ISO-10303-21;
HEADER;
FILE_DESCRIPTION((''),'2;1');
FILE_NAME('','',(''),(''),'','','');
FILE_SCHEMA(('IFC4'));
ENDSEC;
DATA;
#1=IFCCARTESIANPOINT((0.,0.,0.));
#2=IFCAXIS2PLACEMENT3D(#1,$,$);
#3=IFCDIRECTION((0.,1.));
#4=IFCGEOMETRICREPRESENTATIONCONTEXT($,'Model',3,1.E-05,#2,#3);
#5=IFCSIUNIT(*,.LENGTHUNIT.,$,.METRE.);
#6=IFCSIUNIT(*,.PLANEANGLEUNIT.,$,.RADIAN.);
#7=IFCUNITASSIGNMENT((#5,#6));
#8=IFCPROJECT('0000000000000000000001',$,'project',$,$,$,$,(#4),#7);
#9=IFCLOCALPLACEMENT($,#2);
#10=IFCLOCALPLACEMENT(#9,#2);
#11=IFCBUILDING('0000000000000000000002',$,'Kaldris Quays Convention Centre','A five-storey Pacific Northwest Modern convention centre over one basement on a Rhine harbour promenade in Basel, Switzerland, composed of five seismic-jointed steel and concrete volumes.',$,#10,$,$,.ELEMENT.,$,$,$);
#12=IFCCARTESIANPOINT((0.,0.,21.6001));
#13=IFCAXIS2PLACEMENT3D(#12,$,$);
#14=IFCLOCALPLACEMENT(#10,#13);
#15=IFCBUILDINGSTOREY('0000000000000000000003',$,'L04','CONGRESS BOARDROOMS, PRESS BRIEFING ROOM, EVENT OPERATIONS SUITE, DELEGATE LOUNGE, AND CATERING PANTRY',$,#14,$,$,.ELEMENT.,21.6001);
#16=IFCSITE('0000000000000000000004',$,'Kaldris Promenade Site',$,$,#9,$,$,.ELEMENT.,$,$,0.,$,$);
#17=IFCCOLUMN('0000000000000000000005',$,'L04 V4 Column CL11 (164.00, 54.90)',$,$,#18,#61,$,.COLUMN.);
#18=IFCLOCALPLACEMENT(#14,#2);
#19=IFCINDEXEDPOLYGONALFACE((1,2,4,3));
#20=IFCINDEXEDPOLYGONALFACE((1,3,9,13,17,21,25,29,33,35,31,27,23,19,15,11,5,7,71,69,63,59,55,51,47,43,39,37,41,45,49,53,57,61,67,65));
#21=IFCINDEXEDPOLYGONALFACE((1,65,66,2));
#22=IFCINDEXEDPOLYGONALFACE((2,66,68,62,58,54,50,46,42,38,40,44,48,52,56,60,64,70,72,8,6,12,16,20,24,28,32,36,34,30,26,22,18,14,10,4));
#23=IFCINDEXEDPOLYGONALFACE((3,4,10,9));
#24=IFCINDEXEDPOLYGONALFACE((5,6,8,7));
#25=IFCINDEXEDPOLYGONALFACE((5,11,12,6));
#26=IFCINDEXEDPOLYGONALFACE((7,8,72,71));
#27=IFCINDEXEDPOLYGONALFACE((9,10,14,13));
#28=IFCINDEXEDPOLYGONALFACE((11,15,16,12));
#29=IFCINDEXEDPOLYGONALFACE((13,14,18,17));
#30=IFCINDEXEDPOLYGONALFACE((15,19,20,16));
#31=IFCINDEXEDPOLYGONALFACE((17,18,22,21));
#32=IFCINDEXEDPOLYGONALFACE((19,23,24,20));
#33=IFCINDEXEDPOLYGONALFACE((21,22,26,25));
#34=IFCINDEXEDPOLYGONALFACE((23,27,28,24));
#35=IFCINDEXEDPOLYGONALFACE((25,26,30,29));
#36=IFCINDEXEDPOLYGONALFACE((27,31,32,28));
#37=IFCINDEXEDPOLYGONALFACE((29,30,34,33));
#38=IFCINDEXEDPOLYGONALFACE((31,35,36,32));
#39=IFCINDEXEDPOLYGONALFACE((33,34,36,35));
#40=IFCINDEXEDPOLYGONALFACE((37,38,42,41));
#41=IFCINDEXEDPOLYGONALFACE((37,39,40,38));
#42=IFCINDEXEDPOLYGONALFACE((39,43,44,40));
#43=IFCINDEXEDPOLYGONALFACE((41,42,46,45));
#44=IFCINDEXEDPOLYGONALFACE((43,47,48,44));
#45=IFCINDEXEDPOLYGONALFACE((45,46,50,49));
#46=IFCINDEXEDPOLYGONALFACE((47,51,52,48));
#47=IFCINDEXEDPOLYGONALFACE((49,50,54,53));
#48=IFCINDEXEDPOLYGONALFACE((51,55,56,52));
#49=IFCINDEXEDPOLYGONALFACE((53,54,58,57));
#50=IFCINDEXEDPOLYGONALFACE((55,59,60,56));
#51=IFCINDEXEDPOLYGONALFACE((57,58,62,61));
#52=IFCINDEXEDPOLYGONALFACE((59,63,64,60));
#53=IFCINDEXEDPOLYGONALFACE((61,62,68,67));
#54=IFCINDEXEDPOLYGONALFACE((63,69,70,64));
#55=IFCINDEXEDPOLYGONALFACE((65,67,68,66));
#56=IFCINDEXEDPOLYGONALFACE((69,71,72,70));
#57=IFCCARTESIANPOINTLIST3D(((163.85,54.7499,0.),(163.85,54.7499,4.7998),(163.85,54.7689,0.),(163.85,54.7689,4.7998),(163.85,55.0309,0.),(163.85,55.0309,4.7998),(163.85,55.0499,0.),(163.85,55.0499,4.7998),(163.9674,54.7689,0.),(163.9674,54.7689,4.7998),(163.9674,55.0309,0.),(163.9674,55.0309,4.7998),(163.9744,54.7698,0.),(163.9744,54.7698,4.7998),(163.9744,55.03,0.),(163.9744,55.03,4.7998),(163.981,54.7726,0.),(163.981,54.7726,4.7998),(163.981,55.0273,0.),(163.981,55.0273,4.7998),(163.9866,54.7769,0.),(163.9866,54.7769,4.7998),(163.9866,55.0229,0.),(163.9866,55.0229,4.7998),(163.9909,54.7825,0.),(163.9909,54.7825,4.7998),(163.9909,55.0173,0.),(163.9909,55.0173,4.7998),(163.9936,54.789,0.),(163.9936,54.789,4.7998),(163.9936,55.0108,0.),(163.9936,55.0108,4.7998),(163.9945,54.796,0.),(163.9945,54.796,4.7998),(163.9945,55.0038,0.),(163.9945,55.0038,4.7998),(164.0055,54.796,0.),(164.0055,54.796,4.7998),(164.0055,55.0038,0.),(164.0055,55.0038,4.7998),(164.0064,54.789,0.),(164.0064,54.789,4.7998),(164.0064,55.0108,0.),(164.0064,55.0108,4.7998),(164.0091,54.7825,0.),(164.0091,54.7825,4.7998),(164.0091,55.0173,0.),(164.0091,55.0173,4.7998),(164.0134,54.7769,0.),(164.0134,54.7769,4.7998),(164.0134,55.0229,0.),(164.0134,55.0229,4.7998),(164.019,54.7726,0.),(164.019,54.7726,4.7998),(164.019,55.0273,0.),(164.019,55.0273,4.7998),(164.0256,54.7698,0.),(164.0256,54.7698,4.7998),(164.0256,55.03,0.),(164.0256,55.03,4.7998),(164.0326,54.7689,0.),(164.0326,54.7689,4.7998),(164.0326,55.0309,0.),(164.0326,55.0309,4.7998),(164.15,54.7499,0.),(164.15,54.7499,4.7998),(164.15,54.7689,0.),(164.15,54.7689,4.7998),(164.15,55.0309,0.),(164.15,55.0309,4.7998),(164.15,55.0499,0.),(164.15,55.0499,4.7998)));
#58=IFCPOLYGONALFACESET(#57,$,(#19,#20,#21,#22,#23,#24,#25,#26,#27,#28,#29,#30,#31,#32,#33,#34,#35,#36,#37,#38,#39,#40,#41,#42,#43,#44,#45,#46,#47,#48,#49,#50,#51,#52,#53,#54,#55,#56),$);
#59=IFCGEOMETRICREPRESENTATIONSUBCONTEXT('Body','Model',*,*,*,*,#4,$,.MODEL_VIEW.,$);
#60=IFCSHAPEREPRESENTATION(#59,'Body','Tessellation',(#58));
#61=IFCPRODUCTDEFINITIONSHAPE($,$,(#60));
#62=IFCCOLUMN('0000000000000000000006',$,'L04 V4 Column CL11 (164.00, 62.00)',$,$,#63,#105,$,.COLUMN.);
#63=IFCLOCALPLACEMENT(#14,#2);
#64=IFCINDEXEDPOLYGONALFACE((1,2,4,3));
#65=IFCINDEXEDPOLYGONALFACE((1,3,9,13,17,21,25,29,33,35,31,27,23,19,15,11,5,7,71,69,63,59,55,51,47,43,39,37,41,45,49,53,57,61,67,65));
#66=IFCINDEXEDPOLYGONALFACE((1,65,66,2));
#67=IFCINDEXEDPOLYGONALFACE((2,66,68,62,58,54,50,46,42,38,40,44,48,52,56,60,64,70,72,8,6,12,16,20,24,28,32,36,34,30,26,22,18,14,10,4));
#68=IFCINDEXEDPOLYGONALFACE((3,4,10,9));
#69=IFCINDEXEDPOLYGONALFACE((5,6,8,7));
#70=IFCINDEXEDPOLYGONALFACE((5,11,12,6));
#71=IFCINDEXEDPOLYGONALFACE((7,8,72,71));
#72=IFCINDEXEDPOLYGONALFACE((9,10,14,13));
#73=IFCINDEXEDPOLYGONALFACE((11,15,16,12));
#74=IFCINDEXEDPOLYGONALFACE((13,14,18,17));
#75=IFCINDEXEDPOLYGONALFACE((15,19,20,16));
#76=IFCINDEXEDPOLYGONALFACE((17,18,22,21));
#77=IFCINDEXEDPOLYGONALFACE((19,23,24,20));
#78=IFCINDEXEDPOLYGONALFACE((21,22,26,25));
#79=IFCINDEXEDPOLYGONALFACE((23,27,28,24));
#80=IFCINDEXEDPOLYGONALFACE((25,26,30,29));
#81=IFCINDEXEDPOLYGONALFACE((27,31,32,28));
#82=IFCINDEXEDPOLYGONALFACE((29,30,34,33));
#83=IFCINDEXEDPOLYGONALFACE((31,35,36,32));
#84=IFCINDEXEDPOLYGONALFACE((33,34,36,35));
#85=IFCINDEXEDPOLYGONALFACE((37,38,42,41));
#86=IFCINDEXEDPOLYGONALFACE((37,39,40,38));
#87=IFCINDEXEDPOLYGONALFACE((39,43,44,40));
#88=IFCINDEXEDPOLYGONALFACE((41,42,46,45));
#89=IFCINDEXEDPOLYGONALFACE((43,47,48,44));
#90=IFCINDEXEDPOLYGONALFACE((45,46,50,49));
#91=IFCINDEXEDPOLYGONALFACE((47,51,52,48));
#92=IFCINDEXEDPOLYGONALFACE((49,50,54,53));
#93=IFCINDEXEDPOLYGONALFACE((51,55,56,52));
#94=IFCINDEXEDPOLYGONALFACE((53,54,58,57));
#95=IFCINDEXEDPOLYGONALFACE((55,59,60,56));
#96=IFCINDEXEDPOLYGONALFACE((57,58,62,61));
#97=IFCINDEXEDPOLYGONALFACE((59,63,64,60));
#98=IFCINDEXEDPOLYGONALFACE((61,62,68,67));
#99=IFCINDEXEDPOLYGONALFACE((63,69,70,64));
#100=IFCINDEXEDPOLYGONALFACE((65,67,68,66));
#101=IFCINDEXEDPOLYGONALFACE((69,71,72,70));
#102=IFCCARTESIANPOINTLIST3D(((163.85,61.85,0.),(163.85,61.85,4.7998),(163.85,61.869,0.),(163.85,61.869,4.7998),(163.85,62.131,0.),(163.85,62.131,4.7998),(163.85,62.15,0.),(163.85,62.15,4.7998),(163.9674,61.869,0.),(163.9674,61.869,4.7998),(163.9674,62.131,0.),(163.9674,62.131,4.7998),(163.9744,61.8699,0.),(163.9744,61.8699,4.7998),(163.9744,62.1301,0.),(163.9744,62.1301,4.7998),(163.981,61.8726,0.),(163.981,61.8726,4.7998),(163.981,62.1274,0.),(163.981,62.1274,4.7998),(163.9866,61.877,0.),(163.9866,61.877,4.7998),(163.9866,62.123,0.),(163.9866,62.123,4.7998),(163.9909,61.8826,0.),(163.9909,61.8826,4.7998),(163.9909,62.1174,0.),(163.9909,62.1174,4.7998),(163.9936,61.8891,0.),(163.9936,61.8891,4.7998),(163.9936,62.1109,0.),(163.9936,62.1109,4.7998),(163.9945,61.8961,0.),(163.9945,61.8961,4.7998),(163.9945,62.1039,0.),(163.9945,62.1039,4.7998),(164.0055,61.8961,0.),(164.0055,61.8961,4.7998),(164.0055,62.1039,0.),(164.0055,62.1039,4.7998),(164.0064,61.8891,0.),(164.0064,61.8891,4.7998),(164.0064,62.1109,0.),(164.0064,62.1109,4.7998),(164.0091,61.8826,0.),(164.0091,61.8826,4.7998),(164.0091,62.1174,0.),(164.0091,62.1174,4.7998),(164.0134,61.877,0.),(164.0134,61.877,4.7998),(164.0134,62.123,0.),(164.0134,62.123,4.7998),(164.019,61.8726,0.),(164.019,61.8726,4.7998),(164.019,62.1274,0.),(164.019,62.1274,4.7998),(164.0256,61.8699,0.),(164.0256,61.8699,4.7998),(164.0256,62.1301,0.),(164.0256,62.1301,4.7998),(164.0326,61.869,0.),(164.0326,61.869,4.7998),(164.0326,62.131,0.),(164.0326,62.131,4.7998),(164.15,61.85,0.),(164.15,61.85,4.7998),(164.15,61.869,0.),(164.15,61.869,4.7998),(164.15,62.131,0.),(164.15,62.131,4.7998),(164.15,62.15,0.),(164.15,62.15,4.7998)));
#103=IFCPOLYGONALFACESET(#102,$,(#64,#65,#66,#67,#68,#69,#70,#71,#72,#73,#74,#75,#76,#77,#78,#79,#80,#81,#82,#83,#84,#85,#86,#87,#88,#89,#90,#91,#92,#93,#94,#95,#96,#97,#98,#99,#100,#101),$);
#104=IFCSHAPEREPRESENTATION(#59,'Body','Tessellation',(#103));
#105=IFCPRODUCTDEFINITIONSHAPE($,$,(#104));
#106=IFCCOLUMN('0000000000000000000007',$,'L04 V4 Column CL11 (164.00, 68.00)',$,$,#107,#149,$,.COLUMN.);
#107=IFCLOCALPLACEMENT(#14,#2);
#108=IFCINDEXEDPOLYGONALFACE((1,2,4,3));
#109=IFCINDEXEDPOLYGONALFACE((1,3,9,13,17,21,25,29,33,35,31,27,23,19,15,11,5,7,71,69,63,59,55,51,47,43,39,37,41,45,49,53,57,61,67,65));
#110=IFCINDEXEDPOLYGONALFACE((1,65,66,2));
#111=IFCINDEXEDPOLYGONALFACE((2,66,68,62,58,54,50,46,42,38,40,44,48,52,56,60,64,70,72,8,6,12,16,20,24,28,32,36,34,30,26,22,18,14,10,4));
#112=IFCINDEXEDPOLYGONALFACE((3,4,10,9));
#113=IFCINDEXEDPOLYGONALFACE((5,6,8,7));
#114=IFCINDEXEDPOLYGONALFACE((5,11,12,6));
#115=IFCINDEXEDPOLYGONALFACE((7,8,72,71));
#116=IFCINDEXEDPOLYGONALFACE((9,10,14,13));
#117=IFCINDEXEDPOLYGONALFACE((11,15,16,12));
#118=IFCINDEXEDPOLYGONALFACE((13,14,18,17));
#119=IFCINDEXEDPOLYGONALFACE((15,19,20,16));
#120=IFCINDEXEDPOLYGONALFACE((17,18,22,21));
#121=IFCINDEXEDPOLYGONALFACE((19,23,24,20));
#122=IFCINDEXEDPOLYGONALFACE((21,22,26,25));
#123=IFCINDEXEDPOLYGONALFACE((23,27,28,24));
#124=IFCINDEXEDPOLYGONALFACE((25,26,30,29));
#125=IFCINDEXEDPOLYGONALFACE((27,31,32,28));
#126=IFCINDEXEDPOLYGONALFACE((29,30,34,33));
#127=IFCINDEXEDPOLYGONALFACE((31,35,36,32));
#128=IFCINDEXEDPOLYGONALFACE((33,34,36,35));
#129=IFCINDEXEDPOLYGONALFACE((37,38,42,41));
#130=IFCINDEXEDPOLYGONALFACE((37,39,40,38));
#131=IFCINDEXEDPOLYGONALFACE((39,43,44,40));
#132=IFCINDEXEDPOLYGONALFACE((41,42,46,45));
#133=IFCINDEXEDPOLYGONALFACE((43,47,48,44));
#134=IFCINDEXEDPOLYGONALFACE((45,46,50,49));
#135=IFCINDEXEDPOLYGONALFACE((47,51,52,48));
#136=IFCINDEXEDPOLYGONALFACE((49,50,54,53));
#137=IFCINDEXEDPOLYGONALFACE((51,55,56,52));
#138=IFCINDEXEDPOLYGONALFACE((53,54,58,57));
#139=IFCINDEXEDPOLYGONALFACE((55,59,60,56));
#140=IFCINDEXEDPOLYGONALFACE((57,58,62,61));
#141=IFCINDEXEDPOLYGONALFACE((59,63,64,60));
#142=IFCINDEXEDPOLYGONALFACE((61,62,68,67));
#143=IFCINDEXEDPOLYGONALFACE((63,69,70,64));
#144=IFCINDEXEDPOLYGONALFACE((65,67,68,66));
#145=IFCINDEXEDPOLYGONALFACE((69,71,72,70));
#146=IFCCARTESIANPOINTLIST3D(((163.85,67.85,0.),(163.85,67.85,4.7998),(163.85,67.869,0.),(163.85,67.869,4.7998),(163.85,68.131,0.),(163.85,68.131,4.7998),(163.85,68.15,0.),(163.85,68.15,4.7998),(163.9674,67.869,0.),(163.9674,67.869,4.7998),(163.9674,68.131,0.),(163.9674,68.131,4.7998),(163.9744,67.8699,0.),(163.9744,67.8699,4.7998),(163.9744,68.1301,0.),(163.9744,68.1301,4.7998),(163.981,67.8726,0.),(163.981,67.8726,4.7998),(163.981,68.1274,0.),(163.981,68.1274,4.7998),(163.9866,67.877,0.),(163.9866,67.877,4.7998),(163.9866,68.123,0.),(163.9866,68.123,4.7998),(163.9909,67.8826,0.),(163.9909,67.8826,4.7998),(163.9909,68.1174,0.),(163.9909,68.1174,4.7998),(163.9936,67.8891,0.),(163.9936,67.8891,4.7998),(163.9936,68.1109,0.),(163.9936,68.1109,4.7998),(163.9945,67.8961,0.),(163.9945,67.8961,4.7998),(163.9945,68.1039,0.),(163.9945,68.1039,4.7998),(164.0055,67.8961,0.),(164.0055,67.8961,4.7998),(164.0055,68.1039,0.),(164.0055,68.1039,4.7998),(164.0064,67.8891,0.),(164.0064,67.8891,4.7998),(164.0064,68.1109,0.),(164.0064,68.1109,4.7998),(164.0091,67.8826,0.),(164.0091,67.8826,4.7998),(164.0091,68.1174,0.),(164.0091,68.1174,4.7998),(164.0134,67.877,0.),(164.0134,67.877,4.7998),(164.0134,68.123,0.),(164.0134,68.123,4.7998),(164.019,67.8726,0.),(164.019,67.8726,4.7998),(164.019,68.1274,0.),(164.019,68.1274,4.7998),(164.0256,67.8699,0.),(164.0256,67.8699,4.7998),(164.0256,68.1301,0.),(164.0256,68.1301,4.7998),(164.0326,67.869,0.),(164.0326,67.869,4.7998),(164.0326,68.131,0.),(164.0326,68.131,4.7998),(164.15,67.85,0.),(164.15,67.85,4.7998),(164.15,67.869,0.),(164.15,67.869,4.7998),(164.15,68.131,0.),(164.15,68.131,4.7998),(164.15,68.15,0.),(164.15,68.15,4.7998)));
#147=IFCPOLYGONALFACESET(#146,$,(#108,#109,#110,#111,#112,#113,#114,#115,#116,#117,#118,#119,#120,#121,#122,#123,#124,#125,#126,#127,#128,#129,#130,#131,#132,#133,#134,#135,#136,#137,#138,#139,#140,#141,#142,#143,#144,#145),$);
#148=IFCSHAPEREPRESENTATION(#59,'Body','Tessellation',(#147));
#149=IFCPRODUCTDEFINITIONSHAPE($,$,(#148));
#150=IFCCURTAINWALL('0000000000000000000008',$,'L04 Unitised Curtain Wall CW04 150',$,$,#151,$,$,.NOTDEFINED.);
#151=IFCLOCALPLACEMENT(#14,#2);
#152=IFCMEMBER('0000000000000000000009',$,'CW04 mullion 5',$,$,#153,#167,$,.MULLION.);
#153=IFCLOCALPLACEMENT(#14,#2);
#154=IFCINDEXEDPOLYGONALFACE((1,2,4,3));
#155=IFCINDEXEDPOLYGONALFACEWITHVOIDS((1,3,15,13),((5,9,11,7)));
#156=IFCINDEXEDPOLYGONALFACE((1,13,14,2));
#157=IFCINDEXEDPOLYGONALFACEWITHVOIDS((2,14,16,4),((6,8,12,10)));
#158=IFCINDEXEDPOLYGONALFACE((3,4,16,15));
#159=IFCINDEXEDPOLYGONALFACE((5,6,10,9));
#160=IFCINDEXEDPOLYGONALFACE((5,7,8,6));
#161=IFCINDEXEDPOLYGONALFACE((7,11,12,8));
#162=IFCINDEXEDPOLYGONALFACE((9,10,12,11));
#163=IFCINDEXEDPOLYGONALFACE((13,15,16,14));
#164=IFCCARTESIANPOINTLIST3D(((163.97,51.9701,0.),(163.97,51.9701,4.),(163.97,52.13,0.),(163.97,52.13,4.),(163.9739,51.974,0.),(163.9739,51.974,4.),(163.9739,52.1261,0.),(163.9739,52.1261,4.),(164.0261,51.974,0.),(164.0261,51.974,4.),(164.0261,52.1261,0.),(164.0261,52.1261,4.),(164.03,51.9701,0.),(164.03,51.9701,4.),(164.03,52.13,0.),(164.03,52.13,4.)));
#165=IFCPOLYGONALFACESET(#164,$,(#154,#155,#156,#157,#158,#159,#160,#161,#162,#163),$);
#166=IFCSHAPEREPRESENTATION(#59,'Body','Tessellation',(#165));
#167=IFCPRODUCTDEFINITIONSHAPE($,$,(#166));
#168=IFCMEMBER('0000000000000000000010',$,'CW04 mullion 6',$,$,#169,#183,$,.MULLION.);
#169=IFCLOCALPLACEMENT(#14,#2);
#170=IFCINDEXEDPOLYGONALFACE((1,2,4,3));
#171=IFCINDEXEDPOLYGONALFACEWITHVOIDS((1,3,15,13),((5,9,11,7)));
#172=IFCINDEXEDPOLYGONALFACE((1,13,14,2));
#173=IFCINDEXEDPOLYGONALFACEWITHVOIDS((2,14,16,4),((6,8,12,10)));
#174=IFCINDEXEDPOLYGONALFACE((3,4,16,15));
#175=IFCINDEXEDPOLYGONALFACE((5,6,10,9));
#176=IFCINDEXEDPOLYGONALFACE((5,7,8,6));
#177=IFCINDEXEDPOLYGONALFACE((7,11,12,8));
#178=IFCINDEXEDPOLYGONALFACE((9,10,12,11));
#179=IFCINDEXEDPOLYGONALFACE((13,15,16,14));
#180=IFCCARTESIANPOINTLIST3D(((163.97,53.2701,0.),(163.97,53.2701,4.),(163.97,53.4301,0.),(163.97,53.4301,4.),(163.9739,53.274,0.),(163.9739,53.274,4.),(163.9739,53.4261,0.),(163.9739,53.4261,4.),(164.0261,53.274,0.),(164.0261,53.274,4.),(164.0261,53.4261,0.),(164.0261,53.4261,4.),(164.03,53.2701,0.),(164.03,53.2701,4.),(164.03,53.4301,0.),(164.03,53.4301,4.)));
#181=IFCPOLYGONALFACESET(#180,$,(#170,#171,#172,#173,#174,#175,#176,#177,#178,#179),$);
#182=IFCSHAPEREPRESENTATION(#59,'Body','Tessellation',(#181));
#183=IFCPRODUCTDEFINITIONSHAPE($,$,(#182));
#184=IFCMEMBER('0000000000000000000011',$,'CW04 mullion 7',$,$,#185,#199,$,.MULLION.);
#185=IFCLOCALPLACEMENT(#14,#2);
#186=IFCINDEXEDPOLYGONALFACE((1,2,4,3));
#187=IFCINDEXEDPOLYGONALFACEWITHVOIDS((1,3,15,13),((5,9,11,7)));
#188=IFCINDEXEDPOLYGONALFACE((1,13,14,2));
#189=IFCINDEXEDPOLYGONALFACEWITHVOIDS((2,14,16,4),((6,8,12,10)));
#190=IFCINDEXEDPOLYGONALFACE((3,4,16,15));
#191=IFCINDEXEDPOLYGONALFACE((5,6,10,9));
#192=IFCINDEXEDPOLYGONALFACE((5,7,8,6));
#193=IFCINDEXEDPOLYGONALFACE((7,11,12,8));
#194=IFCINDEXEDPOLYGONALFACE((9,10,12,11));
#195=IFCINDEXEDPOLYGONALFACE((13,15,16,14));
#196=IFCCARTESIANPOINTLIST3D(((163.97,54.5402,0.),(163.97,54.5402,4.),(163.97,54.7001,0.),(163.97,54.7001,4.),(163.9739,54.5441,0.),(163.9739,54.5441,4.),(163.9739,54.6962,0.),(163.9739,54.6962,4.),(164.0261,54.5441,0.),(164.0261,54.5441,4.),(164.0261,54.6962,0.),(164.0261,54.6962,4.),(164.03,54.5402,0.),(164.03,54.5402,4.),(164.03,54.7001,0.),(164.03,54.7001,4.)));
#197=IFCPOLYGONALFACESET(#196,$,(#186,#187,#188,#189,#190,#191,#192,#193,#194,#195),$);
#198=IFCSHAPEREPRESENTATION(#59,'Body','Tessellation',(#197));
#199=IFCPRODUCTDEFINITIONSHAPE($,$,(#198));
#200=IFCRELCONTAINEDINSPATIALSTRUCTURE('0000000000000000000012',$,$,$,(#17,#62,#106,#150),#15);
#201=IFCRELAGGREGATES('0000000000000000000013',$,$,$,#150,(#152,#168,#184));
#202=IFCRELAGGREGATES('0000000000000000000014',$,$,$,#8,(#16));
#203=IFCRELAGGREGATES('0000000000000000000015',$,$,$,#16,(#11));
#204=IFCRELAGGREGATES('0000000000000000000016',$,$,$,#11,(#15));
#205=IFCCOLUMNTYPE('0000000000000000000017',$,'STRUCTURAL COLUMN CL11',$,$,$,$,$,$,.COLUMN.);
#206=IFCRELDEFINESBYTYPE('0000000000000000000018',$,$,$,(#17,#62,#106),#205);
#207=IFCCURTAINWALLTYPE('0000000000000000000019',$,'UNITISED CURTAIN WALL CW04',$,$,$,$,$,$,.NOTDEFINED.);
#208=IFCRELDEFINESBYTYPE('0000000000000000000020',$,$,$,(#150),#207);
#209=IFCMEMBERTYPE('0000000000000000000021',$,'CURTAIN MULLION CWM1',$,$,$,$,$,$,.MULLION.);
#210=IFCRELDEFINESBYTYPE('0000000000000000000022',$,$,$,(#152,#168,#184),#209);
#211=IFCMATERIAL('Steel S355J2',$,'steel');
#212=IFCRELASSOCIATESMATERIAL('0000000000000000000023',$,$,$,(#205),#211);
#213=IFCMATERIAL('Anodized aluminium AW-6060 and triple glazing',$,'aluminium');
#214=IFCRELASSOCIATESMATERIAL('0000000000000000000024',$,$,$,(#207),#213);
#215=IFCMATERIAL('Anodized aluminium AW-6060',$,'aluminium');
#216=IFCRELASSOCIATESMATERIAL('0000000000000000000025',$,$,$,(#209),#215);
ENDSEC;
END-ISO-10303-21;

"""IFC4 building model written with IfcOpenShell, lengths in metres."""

from ifc_helpers import new_model, si_unit, direction, frame, origin, origin_2d, place, context, subcontext, project, spatial, hollow_rectangle, i_section, extrude, material, material_profile, profile_set, type_object, element, aggregate, save


model = new_model("IFC4")

# Units and contexts
model_context = context("Model", 3, precision=1e-05, world=origin(), true_north=direction((0.0, 1.0)))
body_context = subcontext(model_context, "Body", "Model", "MODEL_VIEW")
ifc_project = project(units=[si_unit("LENGTHUNIT", "METRE"), si_unit("PLANEANGLEUNIT", "RADIAN")], contexts=[model_context])

# Site, building, storey
site_placement = place(None, origin())
site = spatial("IfcSite", under=ifc_project, at=site_placement, Name="Kaldris Promenade Site", CompositionType="ELEMENT", RefElevation=0.0)
building_placement = place(site_placement, origin())
building = spatial("IfcBuilding", under=site, at=building_placement, Name="Kaldris Quays Convention Centre", Description="A five-storey Pacific Northwest Modern convention centre over one basement on a Rhine harbour promenade in Basel, Switzerland, composed of five seismic-jointed steel and concrete volumes.", CompositionType="ELEMENT")
storey_placement = place(building_placement, frame((0.0, 0.0, 21.6001)))
storey = spatial("IfcBuildingStorey", under=building, at=storey_placement, Name="L04", Description="CONGRESS BOARDROOMS, PRESS BRIEFING ROOM, EVENT OPERATIONS SUITE, DELEGATE LOUNGE, AND CATERING PANTRY", CompositionType="ELEMENT", Elevation=21.6001)

# Columns
ifc_material_1 = material(Name="Steel S355J2", Category="steel")
ifc_material_profile_1 = material_profile(ifc_material_1, i_section(OverallWidth=0.3, OverallDepth=0.3, WebThickness=0.011, FlangeThickness=0.019, FilletRadius=0.0271, at=origin_2d()), Name="HEB 300")
ifc_profile_set_1 = profile_set([ifc_material_profile_1], Name="Steel S355J2")
column_type = type_object("IfcColumnType", Name="STRUCTURAL COLUMN CL11", PredefinedType="COLUMN", material=ifc_profile_set_1)
for number, where, z_axis, x_axis, name in (
    (1, (164.0, 54.8999, 0.0), (0.0, 0.0, 1.0), (1.0, 0.0, 0.0), "L04 V4 Column CL11 (164.00, 54.90)"),
    (2, (164.0, 62.0, 0.0), (0.0, 0.0, 1.0), (1.0, 0.0, 0.0), "L04 V4 Column CL11 (164.00, 62.00)"),
    (3, (164.0, 68.0, 0.0), (0.0, 0.0, 1.0), (1.0, 0.0, 0.0), "L04 V4 Column CL11 (164.00, 68.00)"),
):
    element("IfcColumn", number, at=place(storey_placement, frame(where, z_axis=z_axis, x_axis=x_axis)), inside=storey, type_object=column_type, Name=name, PredefinedType="COLUMN", context=body_context, shape_type="SweptSolid", body=[
        extrude(i_section(OverallWidth=0.3, OverallDepth=0.3, WebThickness=0.011, FlangeThickness=0.019, FilletRadius=0.0271, at=origin_2d()), origin(), (0.0, 0.0, 1.0), 4.7998),
    ])

# Curtain wall, members
ifc_material_2 = material(Name="Anodized aluminium AW-6060 and triple glazing", Category="aluminium")
curtain_wall_type = type_object("IfcCurtainWallType", Name="UNITISED CURTAIN WALL CW04", PredefinedType="NOTDEFINED", material=ifc_material_2)
curtain_wall_placement = place(storey_placement, origin())
curtain_wall = element("IfcCurtainWall", 4, at=curtain_wall_placement, inside=storey, type_object=curtain_wall_type, Name="L04 Unitised Curtain Wall CW04 150", PredefinedType="NOTDEFINED")
ifc_material_3 = material(Name="Anodized aluminium AW-6060", Category="aluminium")
ifc_material_profile_2 = material_profile(ifc_material_3, hollow_rectangle(XDim=0.0601, YDim=0.1599, WallThickness=0.0039, at=origin_2d()), Name="RHS 160x60x4")
ifc_profile_set_2 = profile_set([ifc_material_profile_2], Name="Anodized aluminium AW-6060")
member_type_1 = type_object("IfcMemberType", Name="CURTAIN MULLION CWM1", PredefinedType="MULLION", material=ifc_profile_set_2)
member_1_placement = place(storey_placement, frame((164.0, 52.05, 0.0), z_axis=(0.0, 0.0, 1.0), x_axis=(-1.0, 0.0, 0.0)))
member_1 = element("IfcMember", 5, at=member_1_placement, type_object=member_type_1, Name="CW04 mullion 5", PredefinedType="MULLION", context=body_context, shape_type="SweptSolid", body=[
    extrude(hollow_rectangle(XDim=0.0601, YDim=0.1599, WallThickness=0.0039, at=origin_2d()), origin(), (0.0, 0.0, 1.0), 4.0),
])
member_2_placement = place(storey_placement, frame((164.0, 53.3501, 0.0), z_axis=(0.0, 0.0, 1.0), x_axis=(-1.0, 0.0, 0.0)))
member_2 = element("IfcMember", 6, at=member_2_placement, type_object=member_type_1, Name="CW04 mullion 6", PredefinedType="MULLION", context=body_context, shape_type="SweptSolid", body=[
    extrude(hollow_rectangle(XDim=0.0601, YDim=0.1599, WallThickness=0.0039, at=origin_2d()), origin(), (0.0, 0.0, 1.0), 4.0),
])
member_3_placement = place(storey_placement, frame((164.0, 54.6201, 0.0), z_axis=(0.0, 0.0, 1.0), x_axis=(-1.0, 0.0, 0.0)))
member_3 = element("IfcMember", 7, at=member_3_placement, type_object=member_type_1, Name="CW04 mullion 7", PredefinedType="MULLION", context=body_context, shape_type="SweptSolid", body=[
    extrude(hollow_rectangle(XDim=0.0601, YDim=0.1599, WallThickness=0.0039, at=origin_2d()), origin(), (0.0, 0.0, 1.0), 4.0),
])

aggregate(curtain_wall, [member_1, member_2, member_3])

save(model, "model.ifc")
